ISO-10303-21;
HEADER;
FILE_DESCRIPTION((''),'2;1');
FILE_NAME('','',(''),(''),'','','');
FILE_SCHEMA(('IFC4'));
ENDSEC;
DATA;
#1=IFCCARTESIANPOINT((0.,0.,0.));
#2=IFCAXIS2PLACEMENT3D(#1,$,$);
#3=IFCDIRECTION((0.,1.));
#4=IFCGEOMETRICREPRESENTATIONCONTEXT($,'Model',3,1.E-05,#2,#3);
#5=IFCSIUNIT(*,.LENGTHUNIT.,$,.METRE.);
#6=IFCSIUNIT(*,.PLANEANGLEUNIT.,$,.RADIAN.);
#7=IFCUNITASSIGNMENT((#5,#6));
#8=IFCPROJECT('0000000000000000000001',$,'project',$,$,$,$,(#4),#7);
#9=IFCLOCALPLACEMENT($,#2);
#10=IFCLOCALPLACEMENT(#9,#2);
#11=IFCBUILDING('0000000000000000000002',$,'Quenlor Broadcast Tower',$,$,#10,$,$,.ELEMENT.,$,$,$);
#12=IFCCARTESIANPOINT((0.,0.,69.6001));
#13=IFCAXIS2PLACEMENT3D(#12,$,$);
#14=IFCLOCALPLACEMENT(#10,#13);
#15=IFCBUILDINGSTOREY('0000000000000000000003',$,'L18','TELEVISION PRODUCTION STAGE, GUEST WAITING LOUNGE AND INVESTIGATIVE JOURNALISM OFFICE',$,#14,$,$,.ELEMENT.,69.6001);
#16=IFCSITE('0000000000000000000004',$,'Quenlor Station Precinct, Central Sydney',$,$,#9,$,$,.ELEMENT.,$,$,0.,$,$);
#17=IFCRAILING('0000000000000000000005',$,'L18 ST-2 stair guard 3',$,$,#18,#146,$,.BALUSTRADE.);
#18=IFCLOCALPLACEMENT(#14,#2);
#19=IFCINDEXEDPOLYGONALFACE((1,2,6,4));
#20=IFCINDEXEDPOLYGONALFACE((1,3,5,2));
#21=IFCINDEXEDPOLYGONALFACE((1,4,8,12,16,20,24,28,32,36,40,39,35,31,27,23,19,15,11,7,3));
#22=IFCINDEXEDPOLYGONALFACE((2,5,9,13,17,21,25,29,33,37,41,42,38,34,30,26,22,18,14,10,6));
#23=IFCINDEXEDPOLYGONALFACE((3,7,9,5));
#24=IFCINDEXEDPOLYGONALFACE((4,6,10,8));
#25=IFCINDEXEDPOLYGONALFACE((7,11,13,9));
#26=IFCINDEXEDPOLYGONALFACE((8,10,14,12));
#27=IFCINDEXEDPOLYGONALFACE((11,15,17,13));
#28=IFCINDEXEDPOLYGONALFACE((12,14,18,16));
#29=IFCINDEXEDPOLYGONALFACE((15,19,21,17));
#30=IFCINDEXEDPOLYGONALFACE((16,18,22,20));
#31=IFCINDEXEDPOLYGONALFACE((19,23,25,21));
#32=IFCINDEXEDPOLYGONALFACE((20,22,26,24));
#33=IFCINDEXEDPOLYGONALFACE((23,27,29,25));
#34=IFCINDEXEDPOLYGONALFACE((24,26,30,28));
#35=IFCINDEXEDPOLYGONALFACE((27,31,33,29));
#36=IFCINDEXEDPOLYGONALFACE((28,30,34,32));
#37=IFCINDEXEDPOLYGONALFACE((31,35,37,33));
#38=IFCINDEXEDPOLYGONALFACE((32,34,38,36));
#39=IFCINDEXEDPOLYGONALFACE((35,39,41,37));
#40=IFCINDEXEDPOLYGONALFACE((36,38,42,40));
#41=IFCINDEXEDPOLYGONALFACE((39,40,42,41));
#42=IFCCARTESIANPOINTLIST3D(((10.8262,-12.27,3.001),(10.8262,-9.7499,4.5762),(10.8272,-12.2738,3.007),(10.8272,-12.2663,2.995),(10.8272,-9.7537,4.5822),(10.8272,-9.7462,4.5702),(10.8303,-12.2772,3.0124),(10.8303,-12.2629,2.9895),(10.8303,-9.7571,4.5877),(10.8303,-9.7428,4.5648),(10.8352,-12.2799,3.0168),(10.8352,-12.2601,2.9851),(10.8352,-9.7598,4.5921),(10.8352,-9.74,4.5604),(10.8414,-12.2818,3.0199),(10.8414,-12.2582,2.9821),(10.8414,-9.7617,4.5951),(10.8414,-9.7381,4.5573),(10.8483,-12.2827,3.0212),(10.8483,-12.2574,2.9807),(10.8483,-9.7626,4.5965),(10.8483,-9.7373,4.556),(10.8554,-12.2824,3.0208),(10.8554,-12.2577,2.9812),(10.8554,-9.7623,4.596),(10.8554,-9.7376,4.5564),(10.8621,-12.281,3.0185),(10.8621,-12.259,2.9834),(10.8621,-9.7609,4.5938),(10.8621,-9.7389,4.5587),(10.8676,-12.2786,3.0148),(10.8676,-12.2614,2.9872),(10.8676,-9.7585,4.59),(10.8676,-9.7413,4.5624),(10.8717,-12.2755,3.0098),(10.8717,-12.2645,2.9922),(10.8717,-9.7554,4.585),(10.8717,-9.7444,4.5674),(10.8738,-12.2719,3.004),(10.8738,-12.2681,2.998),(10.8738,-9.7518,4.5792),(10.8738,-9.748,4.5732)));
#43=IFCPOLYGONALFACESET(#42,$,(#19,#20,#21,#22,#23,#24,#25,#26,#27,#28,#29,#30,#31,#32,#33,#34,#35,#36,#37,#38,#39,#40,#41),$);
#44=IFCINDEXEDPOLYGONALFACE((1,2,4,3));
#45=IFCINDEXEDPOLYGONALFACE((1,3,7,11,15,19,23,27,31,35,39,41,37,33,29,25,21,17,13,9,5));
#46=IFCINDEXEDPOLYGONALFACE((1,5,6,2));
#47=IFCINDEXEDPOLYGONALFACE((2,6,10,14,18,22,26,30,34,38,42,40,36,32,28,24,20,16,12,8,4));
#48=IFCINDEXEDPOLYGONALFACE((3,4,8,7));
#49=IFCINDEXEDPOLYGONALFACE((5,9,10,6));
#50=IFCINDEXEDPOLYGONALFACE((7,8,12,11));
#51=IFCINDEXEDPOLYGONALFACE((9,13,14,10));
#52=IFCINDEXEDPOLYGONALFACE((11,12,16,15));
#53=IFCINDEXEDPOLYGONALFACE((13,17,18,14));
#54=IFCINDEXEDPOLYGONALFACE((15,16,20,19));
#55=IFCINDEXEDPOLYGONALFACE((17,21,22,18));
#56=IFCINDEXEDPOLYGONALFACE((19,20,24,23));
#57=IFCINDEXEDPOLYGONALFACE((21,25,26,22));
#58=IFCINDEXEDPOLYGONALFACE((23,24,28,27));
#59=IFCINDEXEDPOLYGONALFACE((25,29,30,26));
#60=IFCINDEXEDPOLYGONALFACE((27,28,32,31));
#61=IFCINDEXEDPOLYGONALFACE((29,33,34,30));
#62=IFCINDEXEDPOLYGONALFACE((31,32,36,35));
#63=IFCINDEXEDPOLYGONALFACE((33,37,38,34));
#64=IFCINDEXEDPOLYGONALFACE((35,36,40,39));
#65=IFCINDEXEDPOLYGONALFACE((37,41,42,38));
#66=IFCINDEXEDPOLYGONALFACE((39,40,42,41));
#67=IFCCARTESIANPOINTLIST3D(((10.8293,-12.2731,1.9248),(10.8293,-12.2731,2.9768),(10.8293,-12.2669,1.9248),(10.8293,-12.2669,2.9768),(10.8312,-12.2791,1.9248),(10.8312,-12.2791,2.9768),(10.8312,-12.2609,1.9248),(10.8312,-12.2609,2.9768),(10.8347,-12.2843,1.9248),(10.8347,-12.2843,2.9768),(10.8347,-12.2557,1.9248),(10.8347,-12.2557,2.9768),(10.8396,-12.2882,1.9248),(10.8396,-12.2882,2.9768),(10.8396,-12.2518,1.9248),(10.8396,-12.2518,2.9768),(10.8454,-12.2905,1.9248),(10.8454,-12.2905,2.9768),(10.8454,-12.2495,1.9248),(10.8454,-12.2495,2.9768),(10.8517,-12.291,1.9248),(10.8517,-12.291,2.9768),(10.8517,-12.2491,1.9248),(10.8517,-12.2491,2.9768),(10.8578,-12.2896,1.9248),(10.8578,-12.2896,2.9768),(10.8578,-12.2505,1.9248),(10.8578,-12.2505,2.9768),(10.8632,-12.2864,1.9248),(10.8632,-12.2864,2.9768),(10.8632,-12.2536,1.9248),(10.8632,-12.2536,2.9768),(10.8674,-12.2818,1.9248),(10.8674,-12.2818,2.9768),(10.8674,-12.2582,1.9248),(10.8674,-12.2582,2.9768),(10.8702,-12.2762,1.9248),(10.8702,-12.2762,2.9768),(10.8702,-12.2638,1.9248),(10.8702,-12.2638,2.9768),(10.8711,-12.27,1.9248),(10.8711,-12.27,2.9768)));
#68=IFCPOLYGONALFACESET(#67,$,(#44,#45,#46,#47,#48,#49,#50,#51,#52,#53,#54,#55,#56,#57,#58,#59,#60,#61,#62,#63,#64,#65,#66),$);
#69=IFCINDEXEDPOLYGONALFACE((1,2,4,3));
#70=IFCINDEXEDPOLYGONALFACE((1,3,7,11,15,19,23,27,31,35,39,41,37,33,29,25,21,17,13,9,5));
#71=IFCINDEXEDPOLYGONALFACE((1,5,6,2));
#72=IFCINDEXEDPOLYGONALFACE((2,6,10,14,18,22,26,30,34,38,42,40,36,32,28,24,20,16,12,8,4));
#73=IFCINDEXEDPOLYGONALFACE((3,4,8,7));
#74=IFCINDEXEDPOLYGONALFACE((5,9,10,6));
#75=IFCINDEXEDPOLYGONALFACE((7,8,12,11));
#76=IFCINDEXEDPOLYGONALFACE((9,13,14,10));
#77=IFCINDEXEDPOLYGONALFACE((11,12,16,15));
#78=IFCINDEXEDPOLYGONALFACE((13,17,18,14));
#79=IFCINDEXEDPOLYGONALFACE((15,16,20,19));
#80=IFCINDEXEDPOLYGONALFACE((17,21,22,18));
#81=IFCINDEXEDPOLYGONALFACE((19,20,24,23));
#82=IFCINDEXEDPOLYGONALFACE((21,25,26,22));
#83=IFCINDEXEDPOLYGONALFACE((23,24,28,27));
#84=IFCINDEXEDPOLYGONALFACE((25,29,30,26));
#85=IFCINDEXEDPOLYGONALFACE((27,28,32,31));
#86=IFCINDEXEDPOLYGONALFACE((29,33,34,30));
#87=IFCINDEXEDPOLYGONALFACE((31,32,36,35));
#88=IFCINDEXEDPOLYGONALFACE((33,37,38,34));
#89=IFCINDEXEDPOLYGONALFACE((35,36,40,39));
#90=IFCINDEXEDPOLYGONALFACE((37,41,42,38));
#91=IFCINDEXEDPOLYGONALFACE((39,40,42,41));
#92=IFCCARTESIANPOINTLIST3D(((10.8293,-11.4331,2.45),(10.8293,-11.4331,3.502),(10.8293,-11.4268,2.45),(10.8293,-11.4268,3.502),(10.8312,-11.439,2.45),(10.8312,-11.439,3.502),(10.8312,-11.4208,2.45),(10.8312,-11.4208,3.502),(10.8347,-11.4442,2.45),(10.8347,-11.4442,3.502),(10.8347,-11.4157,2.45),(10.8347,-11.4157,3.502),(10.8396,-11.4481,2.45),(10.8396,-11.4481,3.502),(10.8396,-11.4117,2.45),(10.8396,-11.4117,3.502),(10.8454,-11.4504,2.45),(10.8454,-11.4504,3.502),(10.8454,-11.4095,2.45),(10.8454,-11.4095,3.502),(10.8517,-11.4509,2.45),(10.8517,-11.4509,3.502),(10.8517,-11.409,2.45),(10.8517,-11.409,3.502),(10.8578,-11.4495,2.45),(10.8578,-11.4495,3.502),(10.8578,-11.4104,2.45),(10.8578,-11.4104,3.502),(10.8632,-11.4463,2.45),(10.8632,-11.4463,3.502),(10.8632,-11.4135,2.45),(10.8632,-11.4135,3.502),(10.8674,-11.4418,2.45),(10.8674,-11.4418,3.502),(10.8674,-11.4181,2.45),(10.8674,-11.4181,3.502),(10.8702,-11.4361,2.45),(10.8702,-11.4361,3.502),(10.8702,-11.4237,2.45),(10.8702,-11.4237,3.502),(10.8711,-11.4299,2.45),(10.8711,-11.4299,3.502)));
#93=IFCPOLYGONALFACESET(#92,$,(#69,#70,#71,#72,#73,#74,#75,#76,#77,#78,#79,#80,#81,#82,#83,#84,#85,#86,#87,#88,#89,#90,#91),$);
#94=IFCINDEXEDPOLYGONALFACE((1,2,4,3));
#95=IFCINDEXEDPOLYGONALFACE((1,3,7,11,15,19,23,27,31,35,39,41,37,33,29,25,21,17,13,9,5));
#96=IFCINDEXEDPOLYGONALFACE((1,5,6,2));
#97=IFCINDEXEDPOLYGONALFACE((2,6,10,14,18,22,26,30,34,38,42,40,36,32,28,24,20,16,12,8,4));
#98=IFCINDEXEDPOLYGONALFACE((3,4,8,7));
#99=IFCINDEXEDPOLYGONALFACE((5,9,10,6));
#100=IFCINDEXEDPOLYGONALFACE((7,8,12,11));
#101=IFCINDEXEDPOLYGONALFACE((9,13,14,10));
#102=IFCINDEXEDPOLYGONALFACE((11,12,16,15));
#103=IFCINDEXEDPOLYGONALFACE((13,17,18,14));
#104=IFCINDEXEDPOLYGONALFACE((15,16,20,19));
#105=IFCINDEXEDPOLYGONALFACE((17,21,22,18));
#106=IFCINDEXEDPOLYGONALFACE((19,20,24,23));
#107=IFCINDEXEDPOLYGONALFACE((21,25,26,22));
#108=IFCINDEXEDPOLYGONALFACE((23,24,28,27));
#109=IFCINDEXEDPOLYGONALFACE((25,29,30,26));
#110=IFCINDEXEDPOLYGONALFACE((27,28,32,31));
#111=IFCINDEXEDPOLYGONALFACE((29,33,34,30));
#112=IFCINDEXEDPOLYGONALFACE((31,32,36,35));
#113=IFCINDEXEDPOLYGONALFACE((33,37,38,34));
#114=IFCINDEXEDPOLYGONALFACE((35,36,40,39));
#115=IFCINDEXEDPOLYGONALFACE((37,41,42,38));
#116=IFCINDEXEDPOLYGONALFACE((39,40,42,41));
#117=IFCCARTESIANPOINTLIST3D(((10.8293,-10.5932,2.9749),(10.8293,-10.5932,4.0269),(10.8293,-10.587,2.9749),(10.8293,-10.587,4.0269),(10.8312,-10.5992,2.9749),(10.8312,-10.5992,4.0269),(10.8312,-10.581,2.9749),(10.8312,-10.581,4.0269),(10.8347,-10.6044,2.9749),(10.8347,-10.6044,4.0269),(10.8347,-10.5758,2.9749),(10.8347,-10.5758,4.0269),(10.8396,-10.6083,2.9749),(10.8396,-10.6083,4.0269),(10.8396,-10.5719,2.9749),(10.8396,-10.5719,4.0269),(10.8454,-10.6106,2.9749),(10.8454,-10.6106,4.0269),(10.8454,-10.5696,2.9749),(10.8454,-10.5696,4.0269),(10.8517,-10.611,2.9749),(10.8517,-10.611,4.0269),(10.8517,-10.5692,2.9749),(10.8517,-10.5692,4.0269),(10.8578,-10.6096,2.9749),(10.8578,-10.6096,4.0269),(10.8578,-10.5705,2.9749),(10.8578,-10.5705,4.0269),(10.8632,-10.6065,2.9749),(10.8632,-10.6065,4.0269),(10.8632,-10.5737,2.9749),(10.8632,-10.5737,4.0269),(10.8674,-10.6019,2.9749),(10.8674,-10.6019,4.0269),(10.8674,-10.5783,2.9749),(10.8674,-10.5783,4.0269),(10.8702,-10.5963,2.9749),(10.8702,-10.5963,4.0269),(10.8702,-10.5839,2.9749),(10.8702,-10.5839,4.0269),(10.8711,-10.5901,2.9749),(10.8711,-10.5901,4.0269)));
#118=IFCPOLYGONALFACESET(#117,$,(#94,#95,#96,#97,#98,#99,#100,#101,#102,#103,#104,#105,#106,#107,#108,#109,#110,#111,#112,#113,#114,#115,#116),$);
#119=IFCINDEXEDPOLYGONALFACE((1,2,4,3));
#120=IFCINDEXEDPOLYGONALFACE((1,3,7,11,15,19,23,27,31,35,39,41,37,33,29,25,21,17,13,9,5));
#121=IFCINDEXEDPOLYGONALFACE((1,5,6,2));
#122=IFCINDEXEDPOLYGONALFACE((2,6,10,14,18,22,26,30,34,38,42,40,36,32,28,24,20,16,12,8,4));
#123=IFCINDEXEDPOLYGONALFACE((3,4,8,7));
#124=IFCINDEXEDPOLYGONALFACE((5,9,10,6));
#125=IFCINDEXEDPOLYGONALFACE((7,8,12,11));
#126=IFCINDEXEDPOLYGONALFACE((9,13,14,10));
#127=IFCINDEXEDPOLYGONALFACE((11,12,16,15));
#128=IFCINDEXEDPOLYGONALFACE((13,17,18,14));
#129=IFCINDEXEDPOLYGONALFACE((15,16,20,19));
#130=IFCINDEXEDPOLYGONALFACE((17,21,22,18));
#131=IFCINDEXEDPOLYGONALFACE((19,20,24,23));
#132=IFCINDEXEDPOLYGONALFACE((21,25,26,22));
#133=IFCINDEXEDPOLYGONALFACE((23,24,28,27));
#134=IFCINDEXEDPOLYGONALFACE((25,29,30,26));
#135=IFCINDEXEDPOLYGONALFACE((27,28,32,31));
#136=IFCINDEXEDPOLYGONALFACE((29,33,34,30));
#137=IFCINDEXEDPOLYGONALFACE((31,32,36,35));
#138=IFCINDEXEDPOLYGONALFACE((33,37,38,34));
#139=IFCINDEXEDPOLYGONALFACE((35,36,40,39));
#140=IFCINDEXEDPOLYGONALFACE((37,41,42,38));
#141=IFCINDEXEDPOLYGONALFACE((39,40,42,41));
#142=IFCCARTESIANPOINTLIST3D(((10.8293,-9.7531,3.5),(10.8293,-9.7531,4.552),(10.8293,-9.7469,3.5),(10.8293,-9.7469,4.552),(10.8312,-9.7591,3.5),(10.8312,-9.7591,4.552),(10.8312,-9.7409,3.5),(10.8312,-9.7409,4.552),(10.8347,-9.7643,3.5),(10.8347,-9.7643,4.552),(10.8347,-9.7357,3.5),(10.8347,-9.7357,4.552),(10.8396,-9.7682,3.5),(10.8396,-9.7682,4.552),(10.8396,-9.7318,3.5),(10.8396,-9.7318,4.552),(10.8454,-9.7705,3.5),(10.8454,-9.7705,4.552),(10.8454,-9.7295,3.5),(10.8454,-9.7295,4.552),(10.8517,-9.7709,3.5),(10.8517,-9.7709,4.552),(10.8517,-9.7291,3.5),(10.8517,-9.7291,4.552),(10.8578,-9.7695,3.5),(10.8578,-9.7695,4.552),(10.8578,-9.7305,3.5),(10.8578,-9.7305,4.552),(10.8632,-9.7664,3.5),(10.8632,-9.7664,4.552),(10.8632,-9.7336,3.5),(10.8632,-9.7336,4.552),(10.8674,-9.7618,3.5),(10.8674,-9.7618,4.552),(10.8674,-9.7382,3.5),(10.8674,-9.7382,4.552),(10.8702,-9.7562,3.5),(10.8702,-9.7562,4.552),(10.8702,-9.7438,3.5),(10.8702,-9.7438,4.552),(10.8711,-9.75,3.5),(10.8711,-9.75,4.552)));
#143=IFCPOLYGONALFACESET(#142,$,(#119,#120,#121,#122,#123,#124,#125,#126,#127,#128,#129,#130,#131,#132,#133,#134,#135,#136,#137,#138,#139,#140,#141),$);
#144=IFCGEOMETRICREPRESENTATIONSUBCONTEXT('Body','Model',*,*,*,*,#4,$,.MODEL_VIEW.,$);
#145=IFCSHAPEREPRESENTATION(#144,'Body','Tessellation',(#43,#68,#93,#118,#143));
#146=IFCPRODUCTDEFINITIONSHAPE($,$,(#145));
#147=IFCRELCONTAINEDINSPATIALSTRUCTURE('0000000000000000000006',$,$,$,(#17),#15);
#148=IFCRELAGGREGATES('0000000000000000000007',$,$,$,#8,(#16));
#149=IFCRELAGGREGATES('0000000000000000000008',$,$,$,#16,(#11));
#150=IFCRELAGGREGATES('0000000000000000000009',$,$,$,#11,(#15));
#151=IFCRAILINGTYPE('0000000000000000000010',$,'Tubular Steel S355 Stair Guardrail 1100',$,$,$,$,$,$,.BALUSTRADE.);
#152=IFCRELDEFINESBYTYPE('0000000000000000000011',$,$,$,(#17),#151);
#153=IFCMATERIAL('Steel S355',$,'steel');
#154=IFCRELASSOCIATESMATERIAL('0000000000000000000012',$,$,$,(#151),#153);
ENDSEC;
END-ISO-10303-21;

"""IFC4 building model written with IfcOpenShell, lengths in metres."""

from ifc_helpers import new_model, si_unit, direction, frame, origin, origin_2d, place, context, subcontext, project, spatial, circle, extrude, material, type_object, element, save


model = new_model("IFC4")

# Units and contexts
model_context = context("Model", 3, precision=1e-05, world=origin(), true_north=direction((0.0, 1.0)))
body_context = subcontext(model_context, "Body", "Model", "MODEL_VIEW")
ifc_project = project(units=[si_unit("LENGTHUNIT", "METRE"), si_unit("PLANEANGLEUNIT", "RADIAN")], contexts=[model_context])

# Site, building, storey
site_placement = place(None, origin())
site = spatial("IfcSite", under=ifc_project, at=site_placement, Name="Quenlor Station Precinct, Central Sydney", CompositionType="ELEMENT", RefElevation=0.0)
building_placement = place(site_placement, origin())
building = spatial("IfcBuilding", under=site, at=building_placement, Name="Quenlor Broadcast Tower", CompositionType="ELEMENT")
storey_placement = place(building_placement, frame((0.0, 0.0, 69.6001)))
storey = spatial("IfcBuildingStorey", under=building, at=storey_placement, Name="L18", Description="TELEVISION PRODUCTION STAGE, GUEST WAITING LOUNGE AND INVESTIGATIVE JOURNALISM OFFICE", CompositionType="ELEMENT", Elevation=69.6001)

# Railing
ifc_material_1 = material(Name="Steel S355", Category="steel")
railing_type_1 = type_object("IfcRailingType", Name="Tubular Steel S355 Stair Guardrail 1100", PredefinedType="BALUSTRADE", material=ifc_material_1)
railing_1_placement = place(storey_placement, frame((10.8501, -12.27, 1.9248)))
element("IfcRailing", 1, at=railing_1_placement, inside=storey, type_object=railing_type_1, Name="L18 ST-2 stair guard 3", PredefinedType="BALUSTRADE", context=body_context, shape_type="SweptSolid", body=[
    extrude(circle(Radius=0.0239, at=origin_2d()), frame((0.0, 0.0, 1.0762), z_axis=(0.0, 0.847971, 0.530043), x_axis=(-1.0, 0.0, 0.0)), (0.0, 0.0, 1.0), 2.9719),
    extrude(circle(Radius=0.021, at=origin_2d()), origin(), (0.0, 0.0, 1.0), 1.052),
    extrude(circle(Radius=0.021, at=origin_2d()), frame((0.0, 0.8401, 0.5251)), (0.0, 0.0, 1.0), 1.052),
    extrude(circle(Radius=0.021, at=origin_2d()), frame((0.0, 1.6799, 1.05)), (0.0, 0.0, 1.0), 1.052),
    extrude(circle(Radius=0.021, at=origin_2d()), frame((0.0, 2.52, 1.5752)), (0.0, 0.0, 1.0), 1.052),
])

save(model, "model.ifc")
